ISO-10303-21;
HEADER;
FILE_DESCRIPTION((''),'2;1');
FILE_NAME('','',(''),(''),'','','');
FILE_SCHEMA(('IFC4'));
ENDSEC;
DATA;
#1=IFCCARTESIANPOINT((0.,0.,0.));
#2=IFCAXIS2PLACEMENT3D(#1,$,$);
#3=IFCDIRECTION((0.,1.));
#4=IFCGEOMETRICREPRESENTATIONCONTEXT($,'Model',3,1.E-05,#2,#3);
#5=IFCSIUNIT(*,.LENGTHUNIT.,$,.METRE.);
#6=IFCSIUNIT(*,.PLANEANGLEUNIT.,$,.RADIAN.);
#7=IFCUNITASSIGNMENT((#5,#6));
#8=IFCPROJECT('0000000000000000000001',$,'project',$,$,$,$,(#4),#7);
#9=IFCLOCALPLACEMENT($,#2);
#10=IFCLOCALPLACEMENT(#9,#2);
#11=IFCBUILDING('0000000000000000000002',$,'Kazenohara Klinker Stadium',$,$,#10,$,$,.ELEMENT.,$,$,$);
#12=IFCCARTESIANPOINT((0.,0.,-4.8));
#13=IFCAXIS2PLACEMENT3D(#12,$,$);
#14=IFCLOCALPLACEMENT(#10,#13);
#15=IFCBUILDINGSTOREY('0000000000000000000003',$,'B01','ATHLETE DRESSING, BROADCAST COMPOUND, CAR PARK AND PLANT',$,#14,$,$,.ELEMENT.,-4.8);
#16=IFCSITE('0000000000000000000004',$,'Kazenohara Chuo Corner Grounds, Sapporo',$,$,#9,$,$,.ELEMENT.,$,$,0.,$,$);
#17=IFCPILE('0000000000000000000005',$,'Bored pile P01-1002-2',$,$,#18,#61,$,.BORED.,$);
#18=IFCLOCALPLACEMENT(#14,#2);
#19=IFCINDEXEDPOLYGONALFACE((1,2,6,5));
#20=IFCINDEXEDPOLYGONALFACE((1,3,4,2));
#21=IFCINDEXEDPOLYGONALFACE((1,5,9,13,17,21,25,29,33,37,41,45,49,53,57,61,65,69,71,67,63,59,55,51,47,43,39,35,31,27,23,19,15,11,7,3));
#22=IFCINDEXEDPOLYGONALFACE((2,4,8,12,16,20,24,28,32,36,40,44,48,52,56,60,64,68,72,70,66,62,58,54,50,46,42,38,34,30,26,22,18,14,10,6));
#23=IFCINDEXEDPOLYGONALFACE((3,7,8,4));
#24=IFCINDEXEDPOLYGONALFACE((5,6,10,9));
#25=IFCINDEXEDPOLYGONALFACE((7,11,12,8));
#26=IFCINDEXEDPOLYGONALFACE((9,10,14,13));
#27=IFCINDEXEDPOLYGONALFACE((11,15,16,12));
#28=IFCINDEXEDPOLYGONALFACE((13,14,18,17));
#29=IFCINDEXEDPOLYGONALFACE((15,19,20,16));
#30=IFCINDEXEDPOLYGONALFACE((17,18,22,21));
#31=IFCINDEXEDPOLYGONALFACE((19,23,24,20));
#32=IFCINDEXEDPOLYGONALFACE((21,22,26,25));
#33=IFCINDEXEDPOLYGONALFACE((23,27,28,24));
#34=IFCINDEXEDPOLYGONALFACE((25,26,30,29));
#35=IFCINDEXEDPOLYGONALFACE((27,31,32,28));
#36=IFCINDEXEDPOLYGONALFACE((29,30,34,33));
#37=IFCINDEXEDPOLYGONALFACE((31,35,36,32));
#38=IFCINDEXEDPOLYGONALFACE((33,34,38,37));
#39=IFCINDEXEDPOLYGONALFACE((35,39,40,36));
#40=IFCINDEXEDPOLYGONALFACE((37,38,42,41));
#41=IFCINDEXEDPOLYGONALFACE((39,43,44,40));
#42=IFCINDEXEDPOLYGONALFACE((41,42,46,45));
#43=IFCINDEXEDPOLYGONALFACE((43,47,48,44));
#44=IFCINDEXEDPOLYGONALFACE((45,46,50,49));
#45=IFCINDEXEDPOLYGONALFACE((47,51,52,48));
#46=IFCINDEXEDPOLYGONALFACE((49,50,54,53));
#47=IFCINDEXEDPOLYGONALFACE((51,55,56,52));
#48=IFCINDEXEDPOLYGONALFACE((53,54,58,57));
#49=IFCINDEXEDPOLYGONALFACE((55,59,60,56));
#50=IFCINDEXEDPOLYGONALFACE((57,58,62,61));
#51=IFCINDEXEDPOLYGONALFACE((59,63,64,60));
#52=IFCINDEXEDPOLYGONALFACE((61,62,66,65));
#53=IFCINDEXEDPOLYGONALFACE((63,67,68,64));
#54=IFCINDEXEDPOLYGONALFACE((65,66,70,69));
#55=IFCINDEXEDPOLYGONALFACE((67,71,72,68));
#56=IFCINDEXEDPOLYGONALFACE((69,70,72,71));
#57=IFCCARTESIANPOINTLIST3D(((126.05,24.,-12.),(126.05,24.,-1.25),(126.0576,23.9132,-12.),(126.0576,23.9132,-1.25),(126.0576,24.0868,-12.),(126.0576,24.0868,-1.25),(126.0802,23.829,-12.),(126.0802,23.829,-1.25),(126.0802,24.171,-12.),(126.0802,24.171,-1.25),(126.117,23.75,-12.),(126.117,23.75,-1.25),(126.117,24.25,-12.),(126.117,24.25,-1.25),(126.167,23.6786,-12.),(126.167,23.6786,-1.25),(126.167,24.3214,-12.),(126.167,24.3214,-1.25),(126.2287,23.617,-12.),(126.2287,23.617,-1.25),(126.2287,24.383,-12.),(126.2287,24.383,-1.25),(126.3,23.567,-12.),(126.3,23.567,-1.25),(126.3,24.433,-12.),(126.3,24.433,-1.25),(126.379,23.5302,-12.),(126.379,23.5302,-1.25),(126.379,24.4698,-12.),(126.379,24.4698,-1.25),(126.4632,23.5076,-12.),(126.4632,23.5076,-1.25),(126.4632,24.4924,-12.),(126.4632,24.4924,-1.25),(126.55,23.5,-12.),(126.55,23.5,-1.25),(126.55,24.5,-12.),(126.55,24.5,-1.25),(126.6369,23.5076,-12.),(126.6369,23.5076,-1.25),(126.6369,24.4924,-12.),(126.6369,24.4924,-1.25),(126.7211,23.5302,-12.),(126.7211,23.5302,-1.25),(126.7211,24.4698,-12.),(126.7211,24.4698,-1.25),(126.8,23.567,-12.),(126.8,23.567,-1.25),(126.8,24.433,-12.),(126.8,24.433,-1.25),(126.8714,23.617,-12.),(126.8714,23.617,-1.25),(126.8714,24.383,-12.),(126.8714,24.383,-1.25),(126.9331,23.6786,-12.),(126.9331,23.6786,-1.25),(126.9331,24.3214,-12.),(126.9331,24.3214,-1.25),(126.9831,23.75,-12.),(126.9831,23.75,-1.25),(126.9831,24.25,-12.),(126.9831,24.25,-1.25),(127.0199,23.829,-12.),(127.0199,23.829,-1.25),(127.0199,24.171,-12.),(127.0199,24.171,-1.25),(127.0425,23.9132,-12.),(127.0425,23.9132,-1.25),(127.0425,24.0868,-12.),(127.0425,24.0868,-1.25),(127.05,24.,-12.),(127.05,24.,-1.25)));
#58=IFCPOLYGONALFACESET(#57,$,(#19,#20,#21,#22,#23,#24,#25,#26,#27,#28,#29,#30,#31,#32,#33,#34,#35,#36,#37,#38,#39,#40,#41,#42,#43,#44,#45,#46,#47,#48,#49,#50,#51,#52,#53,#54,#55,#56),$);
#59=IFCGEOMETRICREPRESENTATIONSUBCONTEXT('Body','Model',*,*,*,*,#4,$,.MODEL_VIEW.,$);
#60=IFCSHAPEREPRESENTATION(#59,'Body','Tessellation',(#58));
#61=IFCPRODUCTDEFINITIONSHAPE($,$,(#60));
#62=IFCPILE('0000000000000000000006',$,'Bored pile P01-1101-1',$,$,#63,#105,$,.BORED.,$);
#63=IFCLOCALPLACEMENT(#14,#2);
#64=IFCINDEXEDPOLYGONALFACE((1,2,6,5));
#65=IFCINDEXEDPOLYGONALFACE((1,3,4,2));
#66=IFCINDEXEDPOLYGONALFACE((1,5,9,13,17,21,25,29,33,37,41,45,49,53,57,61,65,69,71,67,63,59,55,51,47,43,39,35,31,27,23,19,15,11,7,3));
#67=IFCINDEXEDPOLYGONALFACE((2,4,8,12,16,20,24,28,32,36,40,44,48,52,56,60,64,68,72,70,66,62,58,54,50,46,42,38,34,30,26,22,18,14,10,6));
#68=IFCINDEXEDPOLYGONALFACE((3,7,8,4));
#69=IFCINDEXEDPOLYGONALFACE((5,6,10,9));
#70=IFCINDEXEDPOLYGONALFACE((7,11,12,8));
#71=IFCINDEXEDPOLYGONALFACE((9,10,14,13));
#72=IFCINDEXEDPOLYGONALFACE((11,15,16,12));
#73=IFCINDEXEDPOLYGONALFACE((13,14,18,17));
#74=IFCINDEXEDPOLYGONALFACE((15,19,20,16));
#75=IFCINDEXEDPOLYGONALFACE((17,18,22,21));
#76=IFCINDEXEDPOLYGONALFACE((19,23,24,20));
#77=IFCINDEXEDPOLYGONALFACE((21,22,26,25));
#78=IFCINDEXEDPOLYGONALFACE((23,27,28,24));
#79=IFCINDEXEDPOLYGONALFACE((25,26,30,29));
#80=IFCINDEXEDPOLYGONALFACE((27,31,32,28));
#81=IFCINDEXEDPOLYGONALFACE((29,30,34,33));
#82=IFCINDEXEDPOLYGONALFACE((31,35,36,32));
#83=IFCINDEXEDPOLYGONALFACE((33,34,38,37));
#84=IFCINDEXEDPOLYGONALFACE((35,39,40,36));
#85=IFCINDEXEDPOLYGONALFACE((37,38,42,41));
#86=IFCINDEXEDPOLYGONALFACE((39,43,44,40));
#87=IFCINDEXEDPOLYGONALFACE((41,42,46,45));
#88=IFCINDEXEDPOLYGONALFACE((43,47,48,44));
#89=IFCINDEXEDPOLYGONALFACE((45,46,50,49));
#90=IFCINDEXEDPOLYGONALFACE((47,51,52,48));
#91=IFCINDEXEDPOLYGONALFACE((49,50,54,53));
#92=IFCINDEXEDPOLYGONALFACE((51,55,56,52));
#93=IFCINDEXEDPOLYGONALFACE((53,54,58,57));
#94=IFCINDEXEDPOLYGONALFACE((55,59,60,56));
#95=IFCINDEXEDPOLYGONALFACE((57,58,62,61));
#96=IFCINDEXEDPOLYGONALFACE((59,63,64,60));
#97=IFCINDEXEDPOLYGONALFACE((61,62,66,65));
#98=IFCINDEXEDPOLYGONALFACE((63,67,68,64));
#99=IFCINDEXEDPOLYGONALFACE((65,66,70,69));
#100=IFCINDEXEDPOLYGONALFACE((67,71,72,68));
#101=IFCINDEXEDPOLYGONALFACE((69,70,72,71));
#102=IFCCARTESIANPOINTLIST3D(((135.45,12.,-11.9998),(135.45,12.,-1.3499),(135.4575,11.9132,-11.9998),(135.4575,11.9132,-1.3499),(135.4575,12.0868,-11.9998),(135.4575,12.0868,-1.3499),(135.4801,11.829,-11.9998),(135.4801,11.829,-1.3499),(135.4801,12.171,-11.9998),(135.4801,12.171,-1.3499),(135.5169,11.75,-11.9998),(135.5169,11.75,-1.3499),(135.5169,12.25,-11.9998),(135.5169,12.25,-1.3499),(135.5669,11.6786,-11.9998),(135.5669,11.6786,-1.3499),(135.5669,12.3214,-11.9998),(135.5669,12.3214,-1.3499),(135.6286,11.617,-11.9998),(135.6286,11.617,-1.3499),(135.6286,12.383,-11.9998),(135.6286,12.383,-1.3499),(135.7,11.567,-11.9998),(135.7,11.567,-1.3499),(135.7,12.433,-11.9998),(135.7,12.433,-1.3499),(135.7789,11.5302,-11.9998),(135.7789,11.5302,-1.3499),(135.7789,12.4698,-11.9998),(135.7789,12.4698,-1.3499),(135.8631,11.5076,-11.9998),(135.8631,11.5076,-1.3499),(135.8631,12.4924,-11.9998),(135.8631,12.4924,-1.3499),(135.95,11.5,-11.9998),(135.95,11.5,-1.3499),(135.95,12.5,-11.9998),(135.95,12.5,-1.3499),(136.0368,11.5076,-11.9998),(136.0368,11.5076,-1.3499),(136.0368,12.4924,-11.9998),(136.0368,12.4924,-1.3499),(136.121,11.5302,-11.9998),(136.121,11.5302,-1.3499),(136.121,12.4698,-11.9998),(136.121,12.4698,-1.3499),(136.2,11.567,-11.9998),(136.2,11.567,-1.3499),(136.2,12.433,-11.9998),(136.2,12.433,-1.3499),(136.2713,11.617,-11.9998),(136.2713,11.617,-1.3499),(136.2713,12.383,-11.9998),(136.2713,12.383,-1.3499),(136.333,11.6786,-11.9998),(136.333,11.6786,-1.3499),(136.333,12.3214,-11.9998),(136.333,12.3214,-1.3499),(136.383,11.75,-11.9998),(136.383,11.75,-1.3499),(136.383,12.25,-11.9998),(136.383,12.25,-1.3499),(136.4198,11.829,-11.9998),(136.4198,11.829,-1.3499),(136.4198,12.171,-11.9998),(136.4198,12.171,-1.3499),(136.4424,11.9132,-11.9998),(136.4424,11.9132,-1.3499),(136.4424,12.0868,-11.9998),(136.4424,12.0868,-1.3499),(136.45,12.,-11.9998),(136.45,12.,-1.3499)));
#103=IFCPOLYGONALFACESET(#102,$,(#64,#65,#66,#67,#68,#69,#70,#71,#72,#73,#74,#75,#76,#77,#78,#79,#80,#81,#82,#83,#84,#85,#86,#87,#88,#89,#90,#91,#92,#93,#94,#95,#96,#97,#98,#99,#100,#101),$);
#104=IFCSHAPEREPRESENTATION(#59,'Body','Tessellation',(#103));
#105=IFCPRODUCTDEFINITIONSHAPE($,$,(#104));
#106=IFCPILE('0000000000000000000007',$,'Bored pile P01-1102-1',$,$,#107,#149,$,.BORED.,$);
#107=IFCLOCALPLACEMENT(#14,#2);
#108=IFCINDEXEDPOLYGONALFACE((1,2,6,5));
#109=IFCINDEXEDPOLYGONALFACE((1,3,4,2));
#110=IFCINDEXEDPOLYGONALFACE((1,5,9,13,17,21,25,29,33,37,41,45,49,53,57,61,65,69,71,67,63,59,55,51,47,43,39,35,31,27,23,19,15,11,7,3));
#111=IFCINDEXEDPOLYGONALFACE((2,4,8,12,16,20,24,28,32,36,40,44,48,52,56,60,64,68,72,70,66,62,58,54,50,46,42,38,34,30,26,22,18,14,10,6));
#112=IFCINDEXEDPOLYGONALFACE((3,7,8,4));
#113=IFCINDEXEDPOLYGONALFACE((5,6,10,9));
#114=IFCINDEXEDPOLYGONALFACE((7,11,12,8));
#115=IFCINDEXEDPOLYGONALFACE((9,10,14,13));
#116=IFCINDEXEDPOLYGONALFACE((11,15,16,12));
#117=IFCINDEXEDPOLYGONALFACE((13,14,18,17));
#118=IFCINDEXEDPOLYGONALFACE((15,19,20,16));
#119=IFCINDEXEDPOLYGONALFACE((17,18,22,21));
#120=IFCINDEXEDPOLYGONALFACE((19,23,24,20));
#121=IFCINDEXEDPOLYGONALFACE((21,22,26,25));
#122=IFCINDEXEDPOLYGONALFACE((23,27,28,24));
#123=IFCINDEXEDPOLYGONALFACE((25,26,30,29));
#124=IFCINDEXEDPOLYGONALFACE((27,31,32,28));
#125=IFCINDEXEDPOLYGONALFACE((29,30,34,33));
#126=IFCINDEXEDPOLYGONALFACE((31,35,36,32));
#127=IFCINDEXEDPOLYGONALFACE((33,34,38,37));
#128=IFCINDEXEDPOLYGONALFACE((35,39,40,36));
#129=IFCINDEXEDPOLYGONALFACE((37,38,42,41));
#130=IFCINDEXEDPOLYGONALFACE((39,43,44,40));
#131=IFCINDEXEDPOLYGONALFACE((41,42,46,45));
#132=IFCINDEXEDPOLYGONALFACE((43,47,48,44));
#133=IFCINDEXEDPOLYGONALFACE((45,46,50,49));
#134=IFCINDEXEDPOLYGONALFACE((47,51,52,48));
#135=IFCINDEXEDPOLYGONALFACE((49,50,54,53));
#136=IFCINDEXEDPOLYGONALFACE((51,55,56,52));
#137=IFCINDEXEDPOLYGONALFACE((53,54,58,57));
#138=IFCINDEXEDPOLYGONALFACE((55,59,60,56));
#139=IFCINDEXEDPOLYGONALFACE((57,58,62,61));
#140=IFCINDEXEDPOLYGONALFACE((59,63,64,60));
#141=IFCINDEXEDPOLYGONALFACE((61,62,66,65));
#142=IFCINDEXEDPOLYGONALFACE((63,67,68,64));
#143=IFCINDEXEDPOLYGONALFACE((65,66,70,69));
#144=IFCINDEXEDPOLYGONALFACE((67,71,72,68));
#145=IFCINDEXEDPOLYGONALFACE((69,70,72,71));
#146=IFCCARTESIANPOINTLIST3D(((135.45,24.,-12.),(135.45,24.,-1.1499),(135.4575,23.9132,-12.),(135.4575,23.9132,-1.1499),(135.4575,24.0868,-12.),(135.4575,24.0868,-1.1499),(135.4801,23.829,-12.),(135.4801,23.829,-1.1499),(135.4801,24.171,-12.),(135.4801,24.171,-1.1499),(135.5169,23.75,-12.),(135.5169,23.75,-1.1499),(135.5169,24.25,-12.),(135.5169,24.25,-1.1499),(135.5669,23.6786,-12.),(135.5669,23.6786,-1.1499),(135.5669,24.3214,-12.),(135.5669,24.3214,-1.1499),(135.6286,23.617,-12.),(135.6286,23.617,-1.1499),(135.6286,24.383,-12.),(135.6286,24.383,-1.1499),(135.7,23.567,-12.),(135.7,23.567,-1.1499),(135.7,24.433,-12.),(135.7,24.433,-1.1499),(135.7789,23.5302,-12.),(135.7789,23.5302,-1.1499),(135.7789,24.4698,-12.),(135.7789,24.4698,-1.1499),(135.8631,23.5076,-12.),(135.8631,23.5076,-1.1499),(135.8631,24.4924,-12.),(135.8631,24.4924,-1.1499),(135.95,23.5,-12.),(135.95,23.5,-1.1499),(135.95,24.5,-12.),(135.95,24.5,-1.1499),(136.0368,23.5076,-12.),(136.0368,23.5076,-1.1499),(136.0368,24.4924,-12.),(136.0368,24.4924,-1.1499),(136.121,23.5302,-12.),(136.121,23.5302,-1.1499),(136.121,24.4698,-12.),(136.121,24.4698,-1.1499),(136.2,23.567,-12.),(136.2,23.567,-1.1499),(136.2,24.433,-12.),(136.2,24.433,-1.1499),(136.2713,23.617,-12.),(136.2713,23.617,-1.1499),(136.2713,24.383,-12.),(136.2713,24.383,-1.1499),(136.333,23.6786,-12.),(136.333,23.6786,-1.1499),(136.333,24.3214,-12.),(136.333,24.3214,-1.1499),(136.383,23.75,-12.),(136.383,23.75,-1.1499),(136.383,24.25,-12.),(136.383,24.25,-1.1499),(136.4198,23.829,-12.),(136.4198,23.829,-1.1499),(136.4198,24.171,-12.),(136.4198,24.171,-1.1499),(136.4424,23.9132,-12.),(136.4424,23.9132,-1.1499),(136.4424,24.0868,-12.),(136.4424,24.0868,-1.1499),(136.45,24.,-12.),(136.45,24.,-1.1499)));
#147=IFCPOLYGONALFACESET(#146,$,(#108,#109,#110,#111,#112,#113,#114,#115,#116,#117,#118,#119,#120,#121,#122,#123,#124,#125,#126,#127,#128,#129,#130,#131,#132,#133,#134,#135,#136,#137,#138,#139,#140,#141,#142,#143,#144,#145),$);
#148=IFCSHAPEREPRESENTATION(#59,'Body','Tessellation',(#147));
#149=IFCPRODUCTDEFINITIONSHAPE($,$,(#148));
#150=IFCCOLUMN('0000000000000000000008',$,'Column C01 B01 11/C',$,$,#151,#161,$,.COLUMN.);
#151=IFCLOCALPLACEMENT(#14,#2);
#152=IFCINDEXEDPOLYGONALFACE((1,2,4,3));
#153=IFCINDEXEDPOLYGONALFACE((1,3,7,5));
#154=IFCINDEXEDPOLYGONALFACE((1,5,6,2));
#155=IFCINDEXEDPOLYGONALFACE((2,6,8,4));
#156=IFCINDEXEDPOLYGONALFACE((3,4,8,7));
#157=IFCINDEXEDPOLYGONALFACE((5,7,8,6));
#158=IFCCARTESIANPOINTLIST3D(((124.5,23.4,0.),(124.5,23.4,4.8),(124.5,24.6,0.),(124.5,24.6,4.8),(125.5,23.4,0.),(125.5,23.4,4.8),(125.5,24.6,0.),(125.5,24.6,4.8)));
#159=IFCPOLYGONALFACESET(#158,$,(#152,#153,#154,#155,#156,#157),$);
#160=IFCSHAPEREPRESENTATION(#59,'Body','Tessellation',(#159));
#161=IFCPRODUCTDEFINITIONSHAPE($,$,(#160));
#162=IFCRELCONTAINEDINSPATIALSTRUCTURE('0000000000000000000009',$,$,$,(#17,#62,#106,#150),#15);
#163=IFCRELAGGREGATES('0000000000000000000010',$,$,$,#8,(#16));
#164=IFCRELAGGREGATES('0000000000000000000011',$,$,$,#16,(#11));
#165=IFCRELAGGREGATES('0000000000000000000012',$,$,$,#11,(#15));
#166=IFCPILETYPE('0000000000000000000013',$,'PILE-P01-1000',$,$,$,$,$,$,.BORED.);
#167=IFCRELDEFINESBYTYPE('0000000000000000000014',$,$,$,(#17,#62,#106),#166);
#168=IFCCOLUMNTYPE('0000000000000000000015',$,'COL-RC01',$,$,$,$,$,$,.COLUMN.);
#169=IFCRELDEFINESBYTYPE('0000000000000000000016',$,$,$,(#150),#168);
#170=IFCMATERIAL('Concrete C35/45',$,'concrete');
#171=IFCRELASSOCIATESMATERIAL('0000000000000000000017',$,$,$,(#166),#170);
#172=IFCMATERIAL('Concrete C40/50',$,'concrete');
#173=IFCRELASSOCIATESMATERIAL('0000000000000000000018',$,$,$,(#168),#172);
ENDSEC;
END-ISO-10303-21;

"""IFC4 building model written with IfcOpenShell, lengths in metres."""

from ifc_helpers import new_model, si_unit, direction, frame, origin, origin_2d, place, context, subcontext, project, spatial, rectangle, circle, extrude, material, material_profile, profile_set, type_object, element, save


model = new_model("IFC4")

# Units and contexts
model_context = context("Model", 3, precision=1e-05, world=origin(), true_north=direction((0.0, 1.0)))
body_context = subcontext(model_context, "Body", "Model", "MODEL_VIEW")
ifc_project = project(units=[si_unit("LENGTHUNIT", "METRE"), si_unit("PLANEANGLEUNIT", "RADIAN")], contexts=[model_context])

# Site, building, storey
site_placement = place(None, origin())
site = spatial("IfcSite", under=ifc_project, at=site_placement, Name="Kazenohara Chuo Corner Grounds, Sapporo", CompositionType="ELEMENT", RefElevation=0.0)
building_placement = place(site_placement, origin())
building = spatial("IfcBuilding", under=site, at=building_placement, Name="Kazenohara Klinker Stadium", CompositionType="ELEMENT")
storey_placement = place(building_placement, frame((0.0, 0.0, -4.8)))
storey = spatial("IfcBuildingStorey", under=building, at=storey_placement, Name="B01", Description="ATHLETE DRESSING, BROADCAST COMPOUND, CAR PARK AND PLANT", CompositionType="ELEMENT", Elevation=-4.8)

# Shared definitions
ifc_material_1 = material(Name="Concrete C35/45", Category="concrete")

# Piles
ifc_material_profile_1 = material_profile(ifc_material_1, circle(Radius=0.5, at=origin_2d()), Name="BORED-PILE-1000")
ifc_profile_set_1 = profile_set([ifc_material_profile_1], Name="Concrete C35/45")
pile_type = type_object("IfcPileType", Name="PILE-P01-1000", PredefinedType="BORED", material=ifc_profile_set_1)
for number, where, z_axis, x_axis, name in (
    (1, (126.55, 24.0, -1.25), (0.0, 0.0, -1.0), (1.0, 0.0, 0.0), "Bored pile P01-1002-2"),
):
    element("IfcPile", number, at=place(storey_placement, frame(where, z_axis=z_axis, x_axis=x_axis)), inside=storey, type_object=pile_type, Name=name, PredefinedType="BORED", context=body_context, shape_type="SweptSolid", body=[
        extrude(circle(Radius=0.5, at=origin_2d()), origin(), (0.0, 0.0, 1.0), 10.75),
    ])
pile_1_placement = place(storey_placement, frame((135.95, 12.0, -1.3499), z_axis=(0.0, 0.0, -1.0), x_axis=(1.0, 0.0, 0.0)))
element("IfcPile", 2, at=pile_1_placement, inside=storey, type_object=pile_type, Name="Bored pile P01-1101-1", PredefinedType="BORED", context=body_context, shape_type="SweptSolid", body=[
    extrude(circle(Radius=0.5, at=origin_2d()), origin(), (0.0, 0.0, 1.0), 10.6499),
])
pile_2_placement = place(storey_placement, frame((135.95, 24.0, -1.1499), z_axis=(0.0, 0.0, -1.0), x_axis=(1.0, 0.0, 0.0)))
element("IfcPile", 3, at=pile_2_placement, inside=storey, type_object=pile_type, Name="Bored pile P01-1102-1", PredefinedType="BORED", context=body_context, shape_type="SweptSolid", body=[
    extrude(circle(Radius=0.5, at=origin_2d()), origin(), (0.0, 0.0, 1.0), 10.8501),
])

# Column
ifc_material_2 = material(Name="Concrete C40/50", Category="concrete")
ifc_material_profile_2 = material_profile(ifc_material_2, rectangle(XDim=1.0, YDim=1.2, at=origin_2d()), Name="RC-COL-1200x1000")
ifc_profile_set_2 = profile_set([ifc_material_profile_2], Name="Concrete C40/50")
column_type_1 = type_object("IfcColumnType", Name="COL-RC01", PredefinedType="COLUMN", material=ifc_profile_set_2)
column_1_placement = place(storey_placement, frame((125.0, 24.0, 0.0), z_axis=(0.0, 0.0, 1.0), x_axis=(1.0, 0.0, 0.0)))
element("IfcColumn", 4, at=column_1_placement, inside=storey, type_object=column_type_1, Name="Column C01 B01 11/C", PredefinedType="COLUMN", context=body_context, shape_type="SweptSolid", body=[
    extrude(rectangle(XDim=1.0, YDim=1.2, at=origin_2d()), origin(), (0.0, 0.0, 1.0), 4.8),
])

save(model, "model.ifc")
